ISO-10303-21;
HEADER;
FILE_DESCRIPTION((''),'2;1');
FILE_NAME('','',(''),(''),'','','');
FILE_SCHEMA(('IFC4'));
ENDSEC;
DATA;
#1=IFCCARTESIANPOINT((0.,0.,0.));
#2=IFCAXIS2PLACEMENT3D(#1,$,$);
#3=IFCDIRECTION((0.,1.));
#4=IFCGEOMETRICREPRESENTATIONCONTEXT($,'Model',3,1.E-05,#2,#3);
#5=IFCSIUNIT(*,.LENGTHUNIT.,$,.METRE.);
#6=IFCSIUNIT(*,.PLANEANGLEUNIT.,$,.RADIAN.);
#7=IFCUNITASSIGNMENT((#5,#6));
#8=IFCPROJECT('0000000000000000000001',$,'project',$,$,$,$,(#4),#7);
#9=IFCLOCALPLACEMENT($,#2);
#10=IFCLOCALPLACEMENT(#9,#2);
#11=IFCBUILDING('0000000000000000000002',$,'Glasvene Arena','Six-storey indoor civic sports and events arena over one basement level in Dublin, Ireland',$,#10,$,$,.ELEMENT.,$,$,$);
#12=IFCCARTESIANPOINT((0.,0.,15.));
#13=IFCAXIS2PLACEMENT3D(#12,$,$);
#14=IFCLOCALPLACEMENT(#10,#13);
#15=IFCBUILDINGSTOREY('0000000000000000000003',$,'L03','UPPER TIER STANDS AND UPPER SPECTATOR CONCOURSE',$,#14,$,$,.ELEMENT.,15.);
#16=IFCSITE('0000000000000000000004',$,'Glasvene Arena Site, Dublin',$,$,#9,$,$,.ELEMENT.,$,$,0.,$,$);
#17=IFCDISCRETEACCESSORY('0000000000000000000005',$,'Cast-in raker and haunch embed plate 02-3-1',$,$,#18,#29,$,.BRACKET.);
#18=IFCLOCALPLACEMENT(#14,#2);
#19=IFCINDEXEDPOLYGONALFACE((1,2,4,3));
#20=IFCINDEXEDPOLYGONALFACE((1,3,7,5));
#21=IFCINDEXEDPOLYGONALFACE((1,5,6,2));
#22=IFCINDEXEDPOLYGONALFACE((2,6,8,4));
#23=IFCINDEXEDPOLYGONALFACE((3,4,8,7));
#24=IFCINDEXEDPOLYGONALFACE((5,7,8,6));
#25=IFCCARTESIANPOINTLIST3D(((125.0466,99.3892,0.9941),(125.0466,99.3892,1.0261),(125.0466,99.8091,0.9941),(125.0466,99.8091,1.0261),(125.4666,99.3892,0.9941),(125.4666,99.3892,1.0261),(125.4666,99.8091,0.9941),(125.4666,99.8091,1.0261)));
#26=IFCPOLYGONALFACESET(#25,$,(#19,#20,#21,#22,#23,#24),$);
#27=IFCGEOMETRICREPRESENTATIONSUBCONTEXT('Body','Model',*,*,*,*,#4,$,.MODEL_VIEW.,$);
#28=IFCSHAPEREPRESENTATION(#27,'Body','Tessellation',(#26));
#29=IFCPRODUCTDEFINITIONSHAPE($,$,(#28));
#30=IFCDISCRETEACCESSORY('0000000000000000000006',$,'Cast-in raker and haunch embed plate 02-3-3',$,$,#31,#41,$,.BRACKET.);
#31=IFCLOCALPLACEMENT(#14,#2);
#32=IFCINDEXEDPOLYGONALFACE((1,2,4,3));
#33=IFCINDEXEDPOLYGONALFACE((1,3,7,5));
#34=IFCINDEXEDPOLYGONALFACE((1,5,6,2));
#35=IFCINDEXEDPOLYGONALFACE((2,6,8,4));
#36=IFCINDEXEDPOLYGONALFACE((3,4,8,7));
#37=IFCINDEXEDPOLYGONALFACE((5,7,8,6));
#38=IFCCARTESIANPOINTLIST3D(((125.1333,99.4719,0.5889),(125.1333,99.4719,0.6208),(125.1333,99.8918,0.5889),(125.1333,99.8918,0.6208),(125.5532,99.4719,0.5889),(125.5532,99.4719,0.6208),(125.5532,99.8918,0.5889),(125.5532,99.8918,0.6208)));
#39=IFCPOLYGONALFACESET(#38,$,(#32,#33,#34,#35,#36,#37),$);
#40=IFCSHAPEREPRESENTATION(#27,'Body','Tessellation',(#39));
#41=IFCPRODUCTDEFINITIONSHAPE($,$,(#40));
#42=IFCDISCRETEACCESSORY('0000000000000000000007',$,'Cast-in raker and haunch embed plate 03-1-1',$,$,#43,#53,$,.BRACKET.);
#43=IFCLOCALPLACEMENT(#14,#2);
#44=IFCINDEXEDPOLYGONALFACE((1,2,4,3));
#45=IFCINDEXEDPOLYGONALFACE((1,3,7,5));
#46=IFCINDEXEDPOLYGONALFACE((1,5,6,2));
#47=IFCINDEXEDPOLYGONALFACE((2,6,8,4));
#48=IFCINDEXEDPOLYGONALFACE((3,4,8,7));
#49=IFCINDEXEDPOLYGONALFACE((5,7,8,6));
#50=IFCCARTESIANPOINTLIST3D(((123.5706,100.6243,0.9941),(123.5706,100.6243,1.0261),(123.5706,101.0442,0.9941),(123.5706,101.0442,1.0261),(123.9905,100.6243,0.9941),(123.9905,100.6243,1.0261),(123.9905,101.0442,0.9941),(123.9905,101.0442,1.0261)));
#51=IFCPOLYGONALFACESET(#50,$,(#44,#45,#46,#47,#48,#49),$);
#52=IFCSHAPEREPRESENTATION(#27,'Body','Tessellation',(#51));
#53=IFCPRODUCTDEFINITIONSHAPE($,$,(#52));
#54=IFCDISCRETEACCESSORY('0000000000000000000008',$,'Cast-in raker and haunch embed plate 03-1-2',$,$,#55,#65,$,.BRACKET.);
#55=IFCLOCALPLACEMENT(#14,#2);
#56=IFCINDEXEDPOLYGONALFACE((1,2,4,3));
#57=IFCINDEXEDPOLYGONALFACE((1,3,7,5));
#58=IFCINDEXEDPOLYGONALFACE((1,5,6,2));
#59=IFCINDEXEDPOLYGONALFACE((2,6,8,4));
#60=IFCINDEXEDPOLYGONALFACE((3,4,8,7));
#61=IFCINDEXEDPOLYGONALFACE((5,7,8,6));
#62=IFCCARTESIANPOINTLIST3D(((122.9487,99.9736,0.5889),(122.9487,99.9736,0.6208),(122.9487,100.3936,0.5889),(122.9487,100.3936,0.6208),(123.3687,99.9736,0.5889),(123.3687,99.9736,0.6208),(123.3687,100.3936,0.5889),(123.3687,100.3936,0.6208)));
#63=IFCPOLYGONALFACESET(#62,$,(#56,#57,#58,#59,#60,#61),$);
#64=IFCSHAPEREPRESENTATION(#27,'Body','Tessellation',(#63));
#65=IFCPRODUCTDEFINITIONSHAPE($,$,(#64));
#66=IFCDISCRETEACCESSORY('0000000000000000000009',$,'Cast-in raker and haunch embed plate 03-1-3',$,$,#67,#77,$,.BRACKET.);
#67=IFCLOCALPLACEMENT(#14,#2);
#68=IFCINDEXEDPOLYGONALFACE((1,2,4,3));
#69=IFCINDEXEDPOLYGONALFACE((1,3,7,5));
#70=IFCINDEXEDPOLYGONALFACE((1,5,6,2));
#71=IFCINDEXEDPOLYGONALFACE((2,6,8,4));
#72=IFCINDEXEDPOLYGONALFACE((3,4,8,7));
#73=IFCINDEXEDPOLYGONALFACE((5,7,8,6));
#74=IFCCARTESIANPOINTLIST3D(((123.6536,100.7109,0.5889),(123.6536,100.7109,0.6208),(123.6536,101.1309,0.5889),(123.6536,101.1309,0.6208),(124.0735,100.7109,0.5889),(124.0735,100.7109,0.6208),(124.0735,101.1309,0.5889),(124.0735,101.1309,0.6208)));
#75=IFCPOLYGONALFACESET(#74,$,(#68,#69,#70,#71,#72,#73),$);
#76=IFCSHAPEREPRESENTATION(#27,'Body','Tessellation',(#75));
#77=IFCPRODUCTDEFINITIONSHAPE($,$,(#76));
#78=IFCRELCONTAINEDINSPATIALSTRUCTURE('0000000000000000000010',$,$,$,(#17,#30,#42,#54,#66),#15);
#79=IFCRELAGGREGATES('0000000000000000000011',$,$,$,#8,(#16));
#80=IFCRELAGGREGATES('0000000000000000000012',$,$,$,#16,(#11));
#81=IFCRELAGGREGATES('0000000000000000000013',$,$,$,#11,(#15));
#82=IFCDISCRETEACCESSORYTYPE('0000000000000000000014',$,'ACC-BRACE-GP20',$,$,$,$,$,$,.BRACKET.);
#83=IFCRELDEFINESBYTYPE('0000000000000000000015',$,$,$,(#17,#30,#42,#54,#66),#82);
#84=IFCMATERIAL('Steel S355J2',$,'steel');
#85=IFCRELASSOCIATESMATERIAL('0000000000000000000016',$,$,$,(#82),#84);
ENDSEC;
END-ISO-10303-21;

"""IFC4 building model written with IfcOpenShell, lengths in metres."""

from ifc_helpers import new_model, si_unit, direction, frame, origin, origin_2d, place, context, subcontext, project, spatial, rectangle, extrude, material, type_object, element, save


model = new_model("IFC4")

# Units and contexts
model_context = context("Model", 3, precision=1e-05, world=origin(), true_north=direction((0.0, 1.0)))
body_context = subcontext(model_context, "Body", "Model", "MODEL_VIEW")
ifc_project = project(units=[si_unit("LENGTHUNIT", "METRE"), si_unit("PLANEANGLEUNIT", "RADIAN")], contexts=[model_context])

# Site, building, storey
site_placement = place(None, origin())
site = spatial("IfcSite", under=ifc_project, at=site_placement, Name="Glasvene Arena Site, Dublin", CompositionType="ELEMENT", RefElevation=0.0)
building_placement = place(site_placement, origin())
building = spatial("IfcBuilding", under=site, at=building_placement, Name="Glasvene Arena", Description="Six-storey indoor civic sports and events arena over one basement level in Dublin, Ireland", CompositionType="ELEMENT")
storey_placement = place(building_placement, frame((0.0, 0.0, 15.0)))
storey = spatial("IfcBuildingStorey", under=building, at=storey_placement, Name="L03", Description="UPPER TIER STANDS AND UPPER SPECTATOR CONCOURSE", CompositionType="ELEMENT", Elevation=15.0)

# Shared definitions
ifc_material_1 = material(Name="Steel S355J2", Category="steel")

# Discrete accessories
discrete_accessory_type = type_object("IfcDiscreteAccessoryType", Name="ACC-BRACE-GP20", PredefinedType="BRACKET", material=ifc_material_1)
for number, where, z_axis, x_axis, name in (
    (1, (125.2566, 99.5991, 0.9941), (0.0, 0.0, 1.0), (1.0, 0.0, 0.0), "Cast-in raker and haunch embed plate 02-3-1"),
    (2, (125.3433, 99.6819, 0.5889), (0.0, 0.0, 1.0), (1.0, 0.0, 0.0), "Cast-in raker and haunch embed plate 02-3-3"),
    (3, (123.7805, 100.8342, 0.9941), (0.0, 0.0, 1.0), (1.0, 0.0, 0.0), "Cast-in raker and haunch embed plate 03-1-1"),
    (4, (123.1587, 100.1836, 0.5889), (0.0, 0.0, 1.0), (1.0, 0.0, 0.0), "Cast-in raker and haunch embed plate 03-1-2"),
    (5, (123.8635, 100.9209, 0.5889), (0.0, 0.0, 1.0), (1.0, 0.0, 0.0), "Cast-in raker and haunch embed plate 03-1-3"),
):
    element("IfcDiscreteAccessory", number, at=place(storey_placement, frame(where, z_axis=z_axis, x_axis=x_axis)), inside=storey, type_object=discrete_accessory_type, Name=name, PredefinedType="BRACKET", context=body_context, shape_type="SweptSolid", body=[
        extrude(rectangle(XDim=0.4199, YDim=0.4199, at=origin_2d()), origin(), (0.0, 0.0, 1.0), 0.032),
    ])

save(model, "model.ifc")
